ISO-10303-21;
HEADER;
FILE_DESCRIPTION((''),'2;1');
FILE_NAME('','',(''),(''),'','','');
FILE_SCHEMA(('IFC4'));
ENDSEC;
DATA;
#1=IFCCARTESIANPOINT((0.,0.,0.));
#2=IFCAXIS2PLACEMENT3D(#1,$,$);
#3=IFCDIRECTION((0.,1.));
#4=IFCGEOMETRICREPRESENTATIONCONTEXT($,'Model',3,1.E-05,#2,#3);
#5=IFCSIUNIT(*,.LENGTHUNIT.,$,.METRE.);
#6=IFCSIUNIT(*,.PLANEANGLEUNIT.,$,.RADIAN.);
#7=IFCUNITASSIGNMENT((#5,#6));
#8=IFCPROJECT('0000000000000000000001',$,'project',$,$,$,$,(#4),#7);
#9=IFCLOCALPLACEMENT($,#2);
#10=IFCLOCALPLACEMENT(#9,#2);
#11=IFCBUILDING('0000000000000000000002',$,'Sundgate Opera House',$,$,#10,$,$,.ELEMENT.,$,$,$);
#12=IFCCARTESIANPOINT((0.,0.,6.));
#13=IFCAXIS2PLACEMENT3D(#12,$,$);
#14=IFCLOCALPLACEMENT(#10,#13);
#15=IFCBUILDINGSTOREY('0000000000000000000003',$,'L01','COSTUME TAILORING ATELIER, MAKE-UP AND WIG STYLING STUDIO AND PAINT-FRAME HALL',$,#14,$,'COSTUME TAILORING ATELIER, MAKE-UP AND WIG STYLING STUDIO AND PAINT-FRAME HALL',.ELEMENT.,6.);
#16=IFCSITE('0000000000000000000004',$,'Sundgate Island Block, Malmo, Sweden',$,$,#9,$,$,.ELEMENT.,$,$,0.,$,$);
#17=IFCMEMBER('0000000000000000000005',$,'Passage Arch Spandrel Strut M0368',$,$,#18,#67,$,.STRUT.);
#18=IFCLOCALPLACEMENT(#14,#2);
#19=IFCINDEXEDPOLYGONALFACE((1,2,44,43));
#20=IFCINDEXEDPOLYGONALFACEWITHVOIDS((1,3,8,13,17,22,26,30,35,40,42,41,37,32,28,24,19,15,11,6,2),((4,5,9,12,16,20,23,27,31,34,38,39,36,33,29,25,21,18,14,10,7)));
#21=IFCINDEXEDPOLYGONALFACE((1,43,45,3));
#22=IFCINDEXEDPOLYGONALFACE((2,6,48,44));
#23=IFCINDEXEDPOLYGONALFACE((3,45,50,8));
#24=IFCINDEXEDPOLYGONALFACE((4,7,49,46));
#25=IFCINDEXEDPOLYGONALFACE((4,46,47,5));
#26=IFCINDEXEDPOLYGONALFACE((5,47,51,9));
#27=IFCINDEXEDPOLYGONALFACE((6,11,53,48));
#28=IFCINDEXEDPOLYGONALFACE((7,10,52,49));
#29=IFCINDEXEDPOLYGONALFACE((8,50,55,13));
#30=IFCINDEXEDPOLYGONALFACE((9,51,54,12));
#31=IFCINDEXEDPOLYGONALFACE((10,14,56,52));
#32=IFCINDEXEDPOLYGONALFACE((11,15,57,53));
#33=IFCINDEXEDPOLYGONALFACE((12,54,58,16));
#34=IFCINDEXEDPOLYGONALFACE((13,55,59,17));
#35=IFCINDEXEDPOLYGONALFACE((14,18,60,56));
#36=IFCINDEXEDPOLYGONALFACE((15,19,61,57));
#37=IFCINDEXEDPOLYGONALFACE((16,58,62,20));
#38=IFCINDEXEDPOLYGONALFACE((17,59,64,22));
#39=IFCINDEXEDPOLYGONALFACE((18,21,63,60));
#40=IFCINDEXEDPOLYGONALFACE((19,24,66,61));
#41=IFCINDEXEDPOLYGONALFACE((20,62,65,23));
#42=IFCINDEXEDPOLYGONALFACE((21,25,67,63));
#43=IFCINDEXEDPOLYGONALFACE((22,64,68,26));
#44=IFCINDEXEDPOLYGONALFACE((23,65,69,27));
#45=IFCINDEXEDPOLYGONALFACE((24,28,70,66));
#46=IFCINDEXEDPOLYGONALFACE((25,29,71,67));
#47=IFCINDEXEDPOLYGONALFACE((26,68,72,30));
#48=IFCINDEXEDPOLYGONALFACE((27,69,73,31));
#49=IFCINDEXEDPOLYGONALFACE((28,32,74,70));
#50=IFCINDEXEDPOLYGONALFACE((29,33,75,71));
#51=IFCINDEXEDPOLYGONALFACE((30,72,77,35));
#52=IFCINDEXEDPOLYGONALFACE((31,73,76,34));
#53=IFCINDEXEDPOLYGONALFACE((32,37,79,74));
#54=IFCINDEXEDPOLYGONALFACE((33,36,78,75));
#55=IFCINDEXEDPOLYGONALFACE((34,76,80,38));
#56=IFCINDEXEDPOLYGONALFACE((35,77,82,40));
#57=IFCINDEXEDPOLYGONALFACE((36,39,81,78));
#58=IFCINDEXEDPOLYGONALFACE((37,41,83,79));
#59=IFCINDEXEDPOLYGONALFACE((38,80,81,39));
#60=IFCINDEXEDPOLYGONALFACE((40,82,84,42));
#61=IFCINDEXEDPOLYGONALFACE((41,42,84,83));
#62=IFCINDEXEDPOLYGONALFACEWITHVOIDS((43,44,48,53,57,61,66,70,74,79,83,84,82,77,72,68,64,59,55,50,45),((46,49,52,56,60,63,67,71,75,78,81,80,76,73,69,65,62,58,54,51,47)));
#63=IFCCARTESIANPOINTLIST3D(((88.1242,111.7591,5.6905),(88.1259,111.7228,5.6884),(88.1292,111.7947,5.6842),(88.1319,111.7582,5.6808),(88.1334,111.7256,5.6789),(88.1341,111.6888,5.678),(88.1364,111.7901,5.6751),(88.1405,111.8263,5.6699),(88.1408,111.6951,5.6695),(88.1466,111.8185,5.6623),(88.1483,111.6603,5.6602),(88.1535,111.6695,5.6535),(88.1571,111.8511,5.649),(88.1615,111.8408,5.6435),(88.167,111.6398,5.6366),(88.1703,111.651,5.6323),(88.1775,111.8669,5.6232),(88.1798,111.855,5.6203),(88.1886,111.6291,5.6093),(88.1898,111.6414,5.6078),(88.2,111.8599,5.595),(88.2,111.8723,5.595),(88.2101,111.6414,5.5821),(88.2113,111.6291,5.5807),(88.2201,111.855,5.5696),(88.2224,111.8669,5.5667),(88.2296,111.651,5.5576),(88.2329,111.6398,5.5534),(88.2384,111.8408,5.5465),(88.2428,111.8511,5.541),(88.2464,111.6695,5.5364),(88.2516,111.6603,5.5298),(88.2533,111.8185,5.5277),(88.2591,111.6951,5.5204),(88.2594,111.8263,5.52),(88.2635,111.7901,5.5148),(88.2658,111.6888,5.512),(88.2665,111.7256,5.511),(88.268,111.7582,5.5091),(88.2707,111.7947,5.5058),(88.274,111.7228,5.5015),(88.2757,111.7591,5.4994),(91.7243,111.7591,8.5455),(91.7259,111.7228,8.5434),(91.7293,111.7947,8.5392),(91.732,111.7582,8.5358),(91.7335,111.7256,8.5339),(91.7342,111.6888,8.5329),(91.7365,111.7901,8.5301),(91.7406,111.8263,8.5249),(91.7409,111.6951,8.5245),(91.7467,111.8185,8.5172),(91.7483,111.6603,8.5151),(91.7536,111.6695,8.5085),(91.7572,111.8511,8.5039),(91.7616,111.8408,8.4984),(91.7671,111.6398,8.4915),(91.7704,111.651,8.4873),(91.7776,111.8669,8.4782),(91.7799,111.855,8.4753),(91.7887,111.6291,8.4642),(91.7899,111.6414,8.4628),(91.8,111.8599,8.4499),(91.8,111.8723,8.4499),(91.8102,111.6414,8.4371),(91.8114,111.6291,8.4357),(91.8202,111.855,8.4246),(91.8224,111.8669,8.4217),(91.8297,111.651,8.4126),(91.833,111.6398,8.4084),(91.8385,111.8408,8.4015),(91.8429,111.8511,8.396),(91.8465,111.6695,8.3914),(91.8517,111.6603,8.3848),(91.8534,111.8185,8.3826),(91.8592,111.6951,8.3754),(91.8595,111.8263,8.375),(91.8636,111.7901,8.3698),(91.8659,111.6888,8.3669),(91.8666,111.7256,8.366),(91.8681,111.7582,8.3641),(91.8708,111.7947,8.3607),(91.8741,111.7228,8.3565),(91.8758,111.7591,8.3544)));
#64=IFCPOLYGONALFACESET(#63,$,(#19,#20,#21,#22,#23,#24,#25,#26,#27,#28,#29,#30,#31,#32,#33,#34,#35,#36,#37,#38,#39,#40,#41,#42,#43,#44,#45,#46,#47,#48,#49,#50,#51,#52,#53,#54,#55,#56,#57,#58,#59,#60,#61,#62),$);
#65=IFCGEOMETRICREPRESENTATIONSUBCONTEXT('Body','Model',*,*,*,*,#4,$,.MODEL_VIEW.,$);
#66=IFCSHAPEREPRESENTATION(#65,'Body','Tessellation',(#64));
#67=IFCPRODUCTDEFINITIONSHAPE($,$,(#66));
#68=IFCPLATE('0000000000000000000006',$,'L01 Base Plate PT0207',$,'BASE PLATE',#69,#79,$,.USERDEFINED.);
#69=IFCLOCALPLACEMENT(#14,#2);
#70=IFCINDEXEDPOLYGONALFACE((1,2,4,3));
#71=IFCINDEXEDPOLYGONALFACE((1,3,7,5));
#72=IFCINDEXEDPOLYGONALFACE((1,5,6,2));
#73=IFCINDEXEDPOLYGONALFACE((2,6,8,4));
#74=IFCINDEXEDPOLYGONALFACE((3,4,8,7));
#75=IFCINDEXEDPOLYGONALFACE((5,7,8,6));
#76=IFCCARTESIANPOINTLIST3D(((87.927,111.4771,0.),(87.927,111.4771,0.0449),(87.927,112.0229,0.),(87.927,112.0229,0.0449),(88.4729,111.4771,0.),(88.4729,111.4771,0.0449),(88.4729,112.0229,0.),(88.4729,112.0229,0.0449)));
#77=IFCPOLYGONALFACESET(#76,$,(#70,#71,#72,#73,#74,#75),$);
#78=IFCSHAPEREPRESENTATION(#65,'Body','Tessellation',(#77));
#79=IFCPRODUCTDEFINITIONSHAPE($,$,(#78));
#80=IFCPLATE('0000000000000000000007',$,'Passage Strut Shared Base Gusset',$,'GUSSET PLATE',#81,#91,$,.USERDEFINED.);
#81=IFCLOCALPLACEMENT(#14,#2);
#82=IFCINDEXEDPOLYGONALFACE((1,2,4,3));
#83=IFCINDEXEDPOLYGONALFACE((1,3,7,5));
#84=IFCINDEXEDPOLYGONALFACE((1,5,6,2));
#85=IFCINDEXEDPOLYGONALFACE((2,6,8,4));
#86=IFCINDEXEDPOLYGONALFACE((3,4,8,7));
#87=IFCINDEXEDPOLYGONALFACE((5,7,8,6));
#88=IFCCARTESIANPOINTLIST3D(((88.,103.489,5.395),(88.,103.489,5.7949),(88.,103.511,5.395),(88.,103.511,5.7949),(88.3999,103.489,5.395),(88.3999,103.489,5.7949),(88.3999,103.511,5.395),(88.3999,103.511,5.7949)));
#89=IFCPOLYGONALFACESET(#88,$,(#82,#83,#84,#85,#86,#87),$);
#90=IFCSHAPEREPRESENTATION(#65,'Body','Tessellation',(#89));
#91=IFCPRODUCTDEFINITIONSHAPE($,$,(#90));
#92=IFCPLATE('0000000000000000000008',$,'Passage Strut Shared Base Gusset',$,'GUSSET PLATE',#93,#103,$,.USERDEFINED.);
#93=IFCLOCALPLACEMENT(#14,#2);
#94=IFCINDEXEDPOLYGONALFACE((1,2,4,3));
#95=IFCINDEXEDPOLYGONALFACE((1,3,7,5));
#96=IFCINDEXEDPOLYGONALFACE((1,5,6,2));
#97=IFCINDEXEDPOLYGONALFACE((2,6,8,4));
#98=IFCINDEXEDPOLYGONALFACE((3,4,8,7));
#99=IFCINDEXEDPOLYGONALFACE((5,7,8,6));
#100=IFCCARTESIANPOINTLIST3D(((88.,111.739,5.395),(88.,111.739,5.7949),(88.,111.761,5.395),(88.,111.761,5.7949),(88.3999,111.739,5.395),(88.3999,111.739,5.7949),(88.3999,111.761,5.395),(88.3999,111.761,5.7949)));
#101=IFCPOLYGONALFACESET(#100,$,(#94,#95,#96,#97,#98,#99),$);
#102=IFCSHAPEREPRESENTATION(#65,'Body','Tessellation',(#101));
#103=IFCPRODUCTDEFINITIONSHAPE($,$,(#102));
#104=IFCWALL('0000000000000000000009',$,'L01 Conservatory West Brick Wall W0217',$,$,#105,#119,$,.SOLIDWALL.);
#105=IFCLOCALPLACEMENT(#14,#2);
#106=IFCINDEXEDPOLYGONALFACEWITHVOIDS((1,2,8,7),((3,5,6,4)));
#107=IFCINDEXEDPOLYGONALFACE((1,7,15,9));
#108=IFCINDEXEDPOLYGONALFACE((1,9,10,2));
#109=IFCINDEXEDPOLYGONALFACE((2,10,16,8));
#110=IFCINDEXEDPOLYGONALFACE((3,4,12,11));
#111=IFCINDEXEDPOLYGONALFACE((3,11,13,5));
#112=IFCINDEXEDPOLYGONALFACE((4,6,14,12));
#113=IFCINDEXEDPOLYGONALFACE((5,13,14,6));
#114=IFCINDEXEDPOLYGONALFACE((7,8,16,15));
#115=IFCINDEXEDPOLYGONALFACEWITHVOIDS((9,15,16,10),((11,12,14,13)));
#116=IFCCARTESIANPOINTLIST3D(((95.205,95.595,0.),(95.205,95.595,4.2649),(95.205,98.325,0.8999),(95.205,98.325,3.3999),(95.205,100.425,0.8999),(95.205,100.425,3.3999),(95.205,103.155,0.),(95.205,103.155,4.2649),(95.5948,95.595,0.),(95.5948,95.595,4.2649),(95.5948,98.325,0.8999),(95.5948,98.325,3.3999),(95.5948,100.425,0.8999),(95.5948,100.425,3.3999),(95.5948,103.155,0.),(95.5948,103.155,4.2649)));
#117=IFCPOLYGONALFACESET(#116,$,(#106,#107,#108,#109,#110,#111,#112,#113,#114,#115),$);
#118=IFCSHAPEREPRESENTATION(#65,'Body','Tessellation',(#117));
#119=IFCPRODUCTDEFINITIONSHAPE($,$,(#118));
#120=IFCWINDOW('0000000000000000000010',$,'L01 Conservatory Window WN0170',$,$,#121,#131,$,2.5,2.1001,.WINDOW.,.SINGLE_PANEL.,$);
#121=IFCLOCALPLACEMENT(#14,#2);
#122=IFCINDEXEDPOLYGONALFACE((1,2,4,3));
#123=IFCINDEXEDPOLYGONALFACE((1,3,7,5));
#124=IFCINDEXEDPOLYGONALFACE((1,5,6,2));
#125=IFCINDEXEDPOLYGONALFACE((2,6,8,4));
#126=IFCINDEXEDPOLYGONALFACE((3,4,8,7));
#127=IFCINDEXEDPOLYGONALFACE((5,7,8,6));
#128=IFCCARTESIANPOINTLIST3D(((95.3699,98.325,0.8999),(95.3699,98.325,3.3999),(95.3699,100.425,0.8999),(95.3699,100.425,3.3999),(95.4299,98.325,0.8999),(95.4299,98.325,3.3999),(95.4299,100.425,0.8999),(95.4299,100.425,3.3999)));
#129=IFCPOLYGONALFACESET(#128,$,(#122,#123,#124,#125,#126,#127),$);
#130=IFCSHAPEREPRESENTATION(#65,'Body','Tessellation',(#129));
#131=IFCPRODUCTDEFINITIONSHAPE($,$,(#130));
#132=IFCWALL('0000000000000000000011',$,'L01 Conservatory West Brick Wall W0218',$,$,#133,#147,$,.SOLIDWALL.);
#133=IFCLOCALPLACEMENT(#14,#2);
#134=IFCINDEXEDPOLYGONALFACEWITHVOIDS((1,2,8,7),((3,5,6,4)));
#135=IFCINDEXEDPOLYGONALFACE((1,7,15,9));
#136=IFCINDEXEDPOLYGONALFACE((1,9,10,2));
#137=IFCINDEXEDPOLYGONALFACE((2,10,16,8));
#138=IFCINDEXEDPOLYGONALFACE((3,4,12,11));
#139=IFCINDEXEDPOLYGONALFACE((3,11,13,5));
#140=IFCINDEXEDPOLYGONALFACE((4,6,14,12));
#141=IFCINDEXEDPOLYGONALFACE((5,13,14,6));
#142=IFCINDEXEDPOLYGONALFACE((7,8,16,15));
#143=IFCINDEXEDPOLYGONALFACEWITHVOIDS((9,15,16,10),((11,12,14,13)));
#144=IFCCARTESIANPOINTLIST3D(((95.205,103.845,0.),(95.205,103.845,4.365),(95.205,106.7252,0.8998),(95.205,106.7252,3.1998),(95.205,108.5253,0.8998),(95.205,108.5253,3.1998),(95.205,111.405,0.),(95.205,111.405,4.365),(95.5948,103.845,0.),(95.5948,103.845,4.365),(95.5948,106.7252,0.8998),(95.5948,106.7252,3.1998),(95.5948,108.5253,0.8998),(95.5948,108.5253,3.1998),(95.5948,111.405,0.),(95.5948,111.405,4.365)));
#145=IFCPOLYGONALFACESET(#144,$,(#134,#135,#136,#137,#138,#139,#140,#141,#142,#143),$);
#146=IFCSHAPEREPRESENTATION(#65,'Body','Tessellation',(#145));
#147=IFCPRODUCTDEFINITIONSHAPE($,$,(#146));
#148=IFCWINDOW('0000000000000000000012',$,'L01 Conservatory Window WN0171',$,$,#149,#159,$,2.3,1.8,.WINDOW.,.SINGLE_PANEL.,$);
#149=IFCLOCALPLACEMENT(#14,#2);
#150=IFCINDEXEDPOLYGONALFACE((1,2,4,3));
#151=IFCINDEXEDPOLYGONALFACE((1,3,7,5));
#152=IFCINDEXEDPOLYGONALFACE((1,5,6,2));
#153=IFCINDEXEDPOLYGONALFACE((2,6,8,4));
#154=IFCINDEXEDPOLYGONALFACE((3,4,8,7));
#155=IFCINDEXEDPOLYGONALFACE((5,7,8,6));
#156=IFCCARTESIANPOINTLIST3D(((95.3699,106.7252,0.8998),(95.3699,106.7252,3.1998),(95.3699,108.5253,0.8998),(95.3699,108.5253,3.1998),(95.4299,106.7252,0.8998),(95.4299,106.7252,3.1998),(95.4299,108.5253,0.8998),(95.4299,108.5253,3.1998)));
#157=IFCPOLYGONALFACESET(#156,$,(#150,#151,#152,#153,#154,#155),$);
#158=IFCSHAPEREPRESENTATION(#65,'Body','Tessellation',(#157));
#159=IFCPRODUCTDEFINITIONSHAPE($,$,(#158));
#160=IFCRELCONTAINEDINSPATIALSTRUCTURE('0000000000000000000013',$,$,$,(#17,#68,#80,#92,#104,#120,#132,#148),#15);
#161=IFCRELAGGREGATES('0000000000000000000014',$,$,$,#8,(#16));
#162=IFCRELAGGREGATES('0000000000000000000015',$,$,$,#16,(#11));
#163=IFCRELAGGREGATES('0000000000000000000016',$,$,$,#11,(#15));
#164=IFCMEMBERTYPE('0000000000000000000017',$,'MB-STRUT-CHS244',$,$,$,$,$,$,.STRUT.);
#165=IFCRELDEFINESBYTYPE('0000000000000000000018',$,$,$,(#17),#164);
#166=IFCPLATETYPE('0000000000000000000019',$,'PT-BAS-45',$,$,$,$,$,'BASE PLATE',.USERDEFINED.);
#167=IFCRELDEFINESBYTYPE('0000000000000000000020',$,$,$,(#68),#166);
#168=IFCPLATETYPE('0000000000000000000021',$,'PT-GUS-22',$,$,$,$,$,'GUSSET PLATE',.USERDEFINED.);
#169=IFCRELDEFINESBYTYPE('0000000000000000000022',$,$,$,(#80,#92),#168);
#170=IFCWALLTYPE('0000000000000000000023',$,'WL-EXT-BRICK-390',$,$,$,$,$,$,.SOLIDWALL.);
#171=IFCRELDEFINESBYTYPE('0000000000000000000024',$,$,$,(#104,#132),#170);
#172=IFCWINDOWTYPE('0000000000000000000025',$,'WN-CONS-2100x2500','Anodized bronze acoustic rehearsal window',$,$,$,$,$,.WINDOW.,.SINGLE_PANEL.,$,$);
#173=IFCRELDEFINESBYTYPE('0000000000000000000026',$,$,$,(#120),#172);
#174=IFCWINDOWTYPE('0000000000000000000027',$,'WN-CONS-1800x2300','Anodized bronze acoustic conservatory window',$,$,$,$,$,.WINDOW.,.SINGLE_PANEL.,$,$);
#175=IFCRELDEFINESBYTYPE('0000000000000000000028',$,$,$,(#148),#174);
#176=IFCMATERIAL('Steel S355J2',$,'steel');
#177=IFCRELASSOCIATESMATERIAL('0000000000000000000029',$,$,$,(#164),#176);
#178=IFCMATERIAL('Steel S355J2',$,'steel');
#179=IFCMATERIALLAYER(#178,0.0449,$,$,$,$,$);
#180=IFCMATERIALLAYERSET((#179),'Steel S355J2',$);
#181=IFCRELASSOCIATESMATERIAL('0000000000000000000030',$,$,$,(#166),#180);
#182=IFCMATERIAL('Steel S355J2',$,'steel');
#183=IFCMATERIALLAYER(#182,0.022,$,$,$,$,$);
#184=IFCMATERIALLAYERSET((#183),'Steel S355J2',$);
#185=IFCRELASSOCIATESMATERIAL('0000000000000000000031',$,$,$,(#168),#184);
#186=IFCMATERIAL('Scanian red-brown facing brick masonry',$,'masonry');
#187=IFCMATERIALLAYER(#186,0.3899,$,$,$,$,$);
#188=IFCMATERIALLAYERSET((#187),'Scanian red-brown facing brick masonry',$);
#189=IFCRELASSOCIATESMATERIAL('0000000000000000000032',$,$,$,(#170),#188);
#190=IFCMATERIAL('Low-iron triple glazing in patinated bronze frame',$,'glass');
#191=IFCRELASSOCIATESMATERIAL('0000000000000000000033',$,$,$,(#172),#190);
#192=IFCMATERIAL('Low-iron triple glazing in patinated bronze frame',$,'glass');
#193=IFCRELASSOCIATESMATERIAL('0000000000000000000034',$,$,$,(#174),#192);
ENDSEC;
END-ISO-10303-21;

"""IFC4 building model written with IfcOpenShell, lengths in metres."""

from ifc_helpers import new_model, si_unit, direction, frame, frame_2d, origin, origin_2d, place, context, subcontext, project, spatial, rectangle, hollow_circle, extrude, material, layer, layer_set, material_profile, profile_set, type_object, element, fill, save


model = new_model("IFC4")

# Units and contexts
model_context = context("Model", 3, precision=1e-05, world=origin(), true_north=direction((0.0, 1.0)))
body_context = subcontext(model_context, "Body", "Model", "MODEL_VIEW")
ifc_project = project(units=[si_unit("LENGTHUNIT", "METRE"), si_unit("PLANEANGLEUNIT", "RADIAN")], contexts=[model_context])

# Site, building, storey
site_placement = place(None, origin())
site = spatial("IfcSite", under=ifc_project, at=site_placement, Name="Sundgate Island Block, Malmo, Sweden", CompositionType="ELEMENT", RefElevation=0.0)
building_placement = place(site_placement, origin())
building = spatial("IfcBuilding", under=site, at=building_placement, Name="Sundgate Opera House", CompositionType="ELEMENT")
storey_placement = place(building_placement, frame((0.0, 0.0, 6.0)))
storey = spatial("IfcBuildingStorey", under=building, at=storey_placement, Name="L01", Description="COSTUME TAILORING ATELIER, MAKE-UP AND WIG STYLING STUDIO AND PAINT-FRAME HALL", LongName="COSTUME TAILORING ATELIER, MAKE-UP AND WIG STYLING STUDIO AND PAINT-FRAME HALL", CompositionType="ELEMENT", Elevation=6.0)

# Member
ifc_material_1 = material(Name="Steel S355J2", Category="steel")
ifc_material_profile_1 = material_profile(ifc_material_1, hollow_circle(Radius=0.1223, WallThickness=0.0125, at=origin_2d()), Name="CHS 244.5x12.5")
ifc_profile_set_1 = profile_set([ifc_material_profile_1], Name="Steel S355J2")
member_type = type_object("IfcMemberType", Name="MB-STRUT-CHS244", PredefinedType="STRUT", material=ifc_profile_set_1)
member_1_placement = place(storey_placement, frame((88.2, 111.75, 5.595), z_axis=(0.783526, 0.0, 0.621359), x_axis=(0.0, 1.0, 0.0)))
element("IfcMember", 1, at=member_1_placement, inside=storey, type_object=member_type, Name="Passage Arch Spandrel Strut M0368", PredefinedType="STRUT", context=body_context, shape_type="SweptSolid", body=[
    extrude(hollow_circle(Radius=0.1223, WallThickness=0.0125, at=origin_2d()), origin(), (0.0, 0.0, 1.0), 4.5947),
])

# Plates
ifc_material_2 = material(Name="Steel S355J2", Category="steel")
ifc_layer_1 = layer(ifc_material_2, 0.0449)
ifc_layer_set_1 = layer_set([ifc_layer_1], Name="Steel S355J2")
plate_type_1 = type_object("IfcPlateType", Name="PT-BAS-45", ElementType="BASE PLATE", PredefinedType="USERDEFINED", material=ifc_layer_set_1)
plate_placement = place(storey_placement, frame((88.2, 111.75, 0.0), z_axis=(0.0, 0.0, 1.0), x_axis=(1.0, 0.0, 0.0)))
element("IfcPlate", 2, at=plate_placement, inside=storey, type_object=plate_type_1, Name="L01 Base Plate PT0207", ObjectType="BASE PLATE", PredefinedType="USERDEFINED", context=body_context, shape_type="SweptSolid", body=[
    extrude(rectangle(XDim=0.5459, YDim=0.5459, at=origin_2d()), origin(), (0.0, 0.0, 1.0), 0.0449),
])
ifc_material_3 = material(Name="Steel S355J2", Category="steel")
ifc_layer_2 = layer(ifc_material_3, 0.022)
ifc_layer_set_2 = layer_set([ifc_layer_2], Name="Steel S355J2")
plate_type_2 = type_object("IfcPlateType", Name="PT-GUS-22", ElementType="GUSSET PLATE", PredefinedType="USERDEFINED", material=ifc_layer_set_2)
for number, where, z_axis, x_axis, name in (
    (3, (88.2, 103.5, 5.395), (0.0, 0.0, 1.0), (1.0, 0.0, 0.0), "Passage Strut Shared Base Gusset"),
    (4, (88.2, 111.75, 5.395), (0.0, 0.0, 1.0), (1.0, 0.0, 0.0), "Passage Strut Shared Base Gusset"),
):
    element("IfcPlate", number, at=place(storey_placement, frame(where, z_axis=z_axis, x_axis=x_axis)), inside=storey, type_object=plate_type_2, Name=name, ObjectType="GUSSET PLATE", PredefinedType="USERDEFINED", context=body_context, shape_type="SweptSolid", body=[
        extrude(rectangle(XDim=0.3999, YDim=0.022, at=origin_2d()), origin(), (0.0, 0.0, 1.0), 0.3999),
    ])

# Walls, openings, windows
ifc_material_4 = material(Name="Scanian red-brown facing brick masonry", Category="masonry")
ifc_layer_3 = layer(ifc_material_4, 0.3899)
ifc_layer_set_3 = layer_set([ifc_layer_3], Name="Scanian red-brown facing brick masonry")
wall_type = type_object("IfcWallType", Name="WL-EXT-BRICK-390", PredefinedType="SOLIDWALL", material=ifc_layer_set_3)
wall_1_placement = place(storey_placement, frame((95.3999, 103.155, 0.0), z_axis=(0.0, 0.0, 1.0), x_axis=(0.0, -1.0, 0.0)))
wall_1 = element("IfcWall", 5, at=wall_1_placement, inside=storey, type_object=wall_type, Name="L01 Conservatory West Brick Wall W0217", PredefinedType="SOLIDWALL", context=body_context, shape_type="SweptSolid", body=[
    extrude(rectangle(XDim=7.5601, YDim=0.3899, at=frame_2d((3.78, 0.0))), origin(), (0.0, 0.0, 1.0), 4.2649),
])
opening_1_placement = place(wall_1_placement, frame((2.73, 0.0, 0.8999)))
opening_1 = element("IfcOpeningElement", 6, at=opening_1_placement, cuts=wall_1, PredefinedType="OPENING", context=body_context, shape_type="SweptSolid", body=[
    extrude(rectangle(XDim=2.1001, YDim=2.5, at=frame_2d((1.05, 1.25))), frame((0.0, 0.2048, 0.0), z_axis=(0.0, -1.0, 0.0), x_axis=(1.0, 0.0, 0.0)), (0.0, 0.0, 1.0), 0.4099),
])
ifc_material_5 = material(Name="Low-iron triple glazing in patinated bronze frame", Category="glass")
window_type_1 = type_object("IfcWindowType", Name="WN-CONS-2100x2500", Description="Anodized bronze acoustic rehearsal window", PartitioningType="SINGLE_PANEL", PredefinedType="WINDOW", material=ifc_material_5)
window_1_placement = place(opening_1_placement, origin())
window_1 = element("IfcWindow", 7, at=window_1_placement, inside=storey, type_object=window_type_1, Name="L01 Conservatory Window WN0170", OverallHeight=2.5, OverallWidth=2.1001, PartitioningType="SINGLE_PANEL", PredefinedType="WINDOW", context=body_context, shape_type="SweptSolid", body=[
    extrude(rectangle(XDim=2.1001, YDim=2.5, at=frame_2d((1.05, 1.25))), frame((0.0, 0.03, 0.0), z_axis=(0.0, -1.0, 0.0), x_axis=(1.0, 0.0, 0.0)), (0.0, 0.0, 1.0), 0.0601),
])
fill(opening_1, window_1)
wall_2_placement = place(storey_placement, frame((95.3999, 111.405, 0.0), z_axis=(0.0, 0.0, 1.0), x_axis=(0.0, -1.0, 0.0)))
wall_2 = element("IfcWall", 8, at=wall_2_placement, inside=storey, type_object=wall_type, Name="L01 Conservatory West Brick Wall W0218", PredefinedType="SOLIDWALL", context=body_context, shape_type="SweptSolid", body=[
    extrude(rectangle(XDim=7.5601, YDim=0.3899, at=frame_2d((3.78, 0.0))), origin(), (0.0, 0.0, 1.0), 4.365),
])
opening_2_placement = place(wall_2_placement, frame((2.8799, 0.0, 0.8999)))
opening_2 = element("IfcOpeningElement", 9, at=opening_2_placement, cuts=wall_2, PredefinedType="OPENING", context=body_context, shape_type="SweptSolid", body=[
    extrude(rectangle(XDim=1.8, YDim=2.3, at=frame_2d((0.8999, 1.1499))), frame((0.0, 0.2048, 0.0), z_axis=(0.0, -1.0, 0.0), x_axis=(1.0, 0.0, 0.0)), (0.0, 0.0, 1.0), 0.4099),
])
ifc_material_6 = material(Name="Low-iron triple glazing in patinated bronze frame", Category="glass")
window_type_2 = type_object("IfcWindowType", Name="WN-CONS-1800x2300", Description="Anodized bronze acoustic conservatory window", PartitioningType="SINGLE_PANEL", PredefinedType="WINDOW", material=ifc_material_6)
window_2_placement = place(opening_2_placement, origin())
window_2 = element("IfcWindow", 10, at=window_2_placement, inside=storey, type_object=window_type_2, Name="L01 Conservatory Window WN0171", OverallHeight=2.3, OverallWidth=1.8, PartitioningType="SINGLE_PANEL", PredefinedType="WINDOW", context=body_context, shape_type="SweptSolid", body=[
    extrude(rectangle(XDim=1.8, YDim=2.3, at=frame_2d((0.8999, 1.1499))), frame((0.0, 0.03, 0.0), z_axis=(0.0, -1.0, 0.0), x_axis=(1.0, 0.0, 0.0)), (0.0, 0.0, 1.0), 0.0601),
])
fill(opening_2, window_2)

save(model, "model.ifc")
